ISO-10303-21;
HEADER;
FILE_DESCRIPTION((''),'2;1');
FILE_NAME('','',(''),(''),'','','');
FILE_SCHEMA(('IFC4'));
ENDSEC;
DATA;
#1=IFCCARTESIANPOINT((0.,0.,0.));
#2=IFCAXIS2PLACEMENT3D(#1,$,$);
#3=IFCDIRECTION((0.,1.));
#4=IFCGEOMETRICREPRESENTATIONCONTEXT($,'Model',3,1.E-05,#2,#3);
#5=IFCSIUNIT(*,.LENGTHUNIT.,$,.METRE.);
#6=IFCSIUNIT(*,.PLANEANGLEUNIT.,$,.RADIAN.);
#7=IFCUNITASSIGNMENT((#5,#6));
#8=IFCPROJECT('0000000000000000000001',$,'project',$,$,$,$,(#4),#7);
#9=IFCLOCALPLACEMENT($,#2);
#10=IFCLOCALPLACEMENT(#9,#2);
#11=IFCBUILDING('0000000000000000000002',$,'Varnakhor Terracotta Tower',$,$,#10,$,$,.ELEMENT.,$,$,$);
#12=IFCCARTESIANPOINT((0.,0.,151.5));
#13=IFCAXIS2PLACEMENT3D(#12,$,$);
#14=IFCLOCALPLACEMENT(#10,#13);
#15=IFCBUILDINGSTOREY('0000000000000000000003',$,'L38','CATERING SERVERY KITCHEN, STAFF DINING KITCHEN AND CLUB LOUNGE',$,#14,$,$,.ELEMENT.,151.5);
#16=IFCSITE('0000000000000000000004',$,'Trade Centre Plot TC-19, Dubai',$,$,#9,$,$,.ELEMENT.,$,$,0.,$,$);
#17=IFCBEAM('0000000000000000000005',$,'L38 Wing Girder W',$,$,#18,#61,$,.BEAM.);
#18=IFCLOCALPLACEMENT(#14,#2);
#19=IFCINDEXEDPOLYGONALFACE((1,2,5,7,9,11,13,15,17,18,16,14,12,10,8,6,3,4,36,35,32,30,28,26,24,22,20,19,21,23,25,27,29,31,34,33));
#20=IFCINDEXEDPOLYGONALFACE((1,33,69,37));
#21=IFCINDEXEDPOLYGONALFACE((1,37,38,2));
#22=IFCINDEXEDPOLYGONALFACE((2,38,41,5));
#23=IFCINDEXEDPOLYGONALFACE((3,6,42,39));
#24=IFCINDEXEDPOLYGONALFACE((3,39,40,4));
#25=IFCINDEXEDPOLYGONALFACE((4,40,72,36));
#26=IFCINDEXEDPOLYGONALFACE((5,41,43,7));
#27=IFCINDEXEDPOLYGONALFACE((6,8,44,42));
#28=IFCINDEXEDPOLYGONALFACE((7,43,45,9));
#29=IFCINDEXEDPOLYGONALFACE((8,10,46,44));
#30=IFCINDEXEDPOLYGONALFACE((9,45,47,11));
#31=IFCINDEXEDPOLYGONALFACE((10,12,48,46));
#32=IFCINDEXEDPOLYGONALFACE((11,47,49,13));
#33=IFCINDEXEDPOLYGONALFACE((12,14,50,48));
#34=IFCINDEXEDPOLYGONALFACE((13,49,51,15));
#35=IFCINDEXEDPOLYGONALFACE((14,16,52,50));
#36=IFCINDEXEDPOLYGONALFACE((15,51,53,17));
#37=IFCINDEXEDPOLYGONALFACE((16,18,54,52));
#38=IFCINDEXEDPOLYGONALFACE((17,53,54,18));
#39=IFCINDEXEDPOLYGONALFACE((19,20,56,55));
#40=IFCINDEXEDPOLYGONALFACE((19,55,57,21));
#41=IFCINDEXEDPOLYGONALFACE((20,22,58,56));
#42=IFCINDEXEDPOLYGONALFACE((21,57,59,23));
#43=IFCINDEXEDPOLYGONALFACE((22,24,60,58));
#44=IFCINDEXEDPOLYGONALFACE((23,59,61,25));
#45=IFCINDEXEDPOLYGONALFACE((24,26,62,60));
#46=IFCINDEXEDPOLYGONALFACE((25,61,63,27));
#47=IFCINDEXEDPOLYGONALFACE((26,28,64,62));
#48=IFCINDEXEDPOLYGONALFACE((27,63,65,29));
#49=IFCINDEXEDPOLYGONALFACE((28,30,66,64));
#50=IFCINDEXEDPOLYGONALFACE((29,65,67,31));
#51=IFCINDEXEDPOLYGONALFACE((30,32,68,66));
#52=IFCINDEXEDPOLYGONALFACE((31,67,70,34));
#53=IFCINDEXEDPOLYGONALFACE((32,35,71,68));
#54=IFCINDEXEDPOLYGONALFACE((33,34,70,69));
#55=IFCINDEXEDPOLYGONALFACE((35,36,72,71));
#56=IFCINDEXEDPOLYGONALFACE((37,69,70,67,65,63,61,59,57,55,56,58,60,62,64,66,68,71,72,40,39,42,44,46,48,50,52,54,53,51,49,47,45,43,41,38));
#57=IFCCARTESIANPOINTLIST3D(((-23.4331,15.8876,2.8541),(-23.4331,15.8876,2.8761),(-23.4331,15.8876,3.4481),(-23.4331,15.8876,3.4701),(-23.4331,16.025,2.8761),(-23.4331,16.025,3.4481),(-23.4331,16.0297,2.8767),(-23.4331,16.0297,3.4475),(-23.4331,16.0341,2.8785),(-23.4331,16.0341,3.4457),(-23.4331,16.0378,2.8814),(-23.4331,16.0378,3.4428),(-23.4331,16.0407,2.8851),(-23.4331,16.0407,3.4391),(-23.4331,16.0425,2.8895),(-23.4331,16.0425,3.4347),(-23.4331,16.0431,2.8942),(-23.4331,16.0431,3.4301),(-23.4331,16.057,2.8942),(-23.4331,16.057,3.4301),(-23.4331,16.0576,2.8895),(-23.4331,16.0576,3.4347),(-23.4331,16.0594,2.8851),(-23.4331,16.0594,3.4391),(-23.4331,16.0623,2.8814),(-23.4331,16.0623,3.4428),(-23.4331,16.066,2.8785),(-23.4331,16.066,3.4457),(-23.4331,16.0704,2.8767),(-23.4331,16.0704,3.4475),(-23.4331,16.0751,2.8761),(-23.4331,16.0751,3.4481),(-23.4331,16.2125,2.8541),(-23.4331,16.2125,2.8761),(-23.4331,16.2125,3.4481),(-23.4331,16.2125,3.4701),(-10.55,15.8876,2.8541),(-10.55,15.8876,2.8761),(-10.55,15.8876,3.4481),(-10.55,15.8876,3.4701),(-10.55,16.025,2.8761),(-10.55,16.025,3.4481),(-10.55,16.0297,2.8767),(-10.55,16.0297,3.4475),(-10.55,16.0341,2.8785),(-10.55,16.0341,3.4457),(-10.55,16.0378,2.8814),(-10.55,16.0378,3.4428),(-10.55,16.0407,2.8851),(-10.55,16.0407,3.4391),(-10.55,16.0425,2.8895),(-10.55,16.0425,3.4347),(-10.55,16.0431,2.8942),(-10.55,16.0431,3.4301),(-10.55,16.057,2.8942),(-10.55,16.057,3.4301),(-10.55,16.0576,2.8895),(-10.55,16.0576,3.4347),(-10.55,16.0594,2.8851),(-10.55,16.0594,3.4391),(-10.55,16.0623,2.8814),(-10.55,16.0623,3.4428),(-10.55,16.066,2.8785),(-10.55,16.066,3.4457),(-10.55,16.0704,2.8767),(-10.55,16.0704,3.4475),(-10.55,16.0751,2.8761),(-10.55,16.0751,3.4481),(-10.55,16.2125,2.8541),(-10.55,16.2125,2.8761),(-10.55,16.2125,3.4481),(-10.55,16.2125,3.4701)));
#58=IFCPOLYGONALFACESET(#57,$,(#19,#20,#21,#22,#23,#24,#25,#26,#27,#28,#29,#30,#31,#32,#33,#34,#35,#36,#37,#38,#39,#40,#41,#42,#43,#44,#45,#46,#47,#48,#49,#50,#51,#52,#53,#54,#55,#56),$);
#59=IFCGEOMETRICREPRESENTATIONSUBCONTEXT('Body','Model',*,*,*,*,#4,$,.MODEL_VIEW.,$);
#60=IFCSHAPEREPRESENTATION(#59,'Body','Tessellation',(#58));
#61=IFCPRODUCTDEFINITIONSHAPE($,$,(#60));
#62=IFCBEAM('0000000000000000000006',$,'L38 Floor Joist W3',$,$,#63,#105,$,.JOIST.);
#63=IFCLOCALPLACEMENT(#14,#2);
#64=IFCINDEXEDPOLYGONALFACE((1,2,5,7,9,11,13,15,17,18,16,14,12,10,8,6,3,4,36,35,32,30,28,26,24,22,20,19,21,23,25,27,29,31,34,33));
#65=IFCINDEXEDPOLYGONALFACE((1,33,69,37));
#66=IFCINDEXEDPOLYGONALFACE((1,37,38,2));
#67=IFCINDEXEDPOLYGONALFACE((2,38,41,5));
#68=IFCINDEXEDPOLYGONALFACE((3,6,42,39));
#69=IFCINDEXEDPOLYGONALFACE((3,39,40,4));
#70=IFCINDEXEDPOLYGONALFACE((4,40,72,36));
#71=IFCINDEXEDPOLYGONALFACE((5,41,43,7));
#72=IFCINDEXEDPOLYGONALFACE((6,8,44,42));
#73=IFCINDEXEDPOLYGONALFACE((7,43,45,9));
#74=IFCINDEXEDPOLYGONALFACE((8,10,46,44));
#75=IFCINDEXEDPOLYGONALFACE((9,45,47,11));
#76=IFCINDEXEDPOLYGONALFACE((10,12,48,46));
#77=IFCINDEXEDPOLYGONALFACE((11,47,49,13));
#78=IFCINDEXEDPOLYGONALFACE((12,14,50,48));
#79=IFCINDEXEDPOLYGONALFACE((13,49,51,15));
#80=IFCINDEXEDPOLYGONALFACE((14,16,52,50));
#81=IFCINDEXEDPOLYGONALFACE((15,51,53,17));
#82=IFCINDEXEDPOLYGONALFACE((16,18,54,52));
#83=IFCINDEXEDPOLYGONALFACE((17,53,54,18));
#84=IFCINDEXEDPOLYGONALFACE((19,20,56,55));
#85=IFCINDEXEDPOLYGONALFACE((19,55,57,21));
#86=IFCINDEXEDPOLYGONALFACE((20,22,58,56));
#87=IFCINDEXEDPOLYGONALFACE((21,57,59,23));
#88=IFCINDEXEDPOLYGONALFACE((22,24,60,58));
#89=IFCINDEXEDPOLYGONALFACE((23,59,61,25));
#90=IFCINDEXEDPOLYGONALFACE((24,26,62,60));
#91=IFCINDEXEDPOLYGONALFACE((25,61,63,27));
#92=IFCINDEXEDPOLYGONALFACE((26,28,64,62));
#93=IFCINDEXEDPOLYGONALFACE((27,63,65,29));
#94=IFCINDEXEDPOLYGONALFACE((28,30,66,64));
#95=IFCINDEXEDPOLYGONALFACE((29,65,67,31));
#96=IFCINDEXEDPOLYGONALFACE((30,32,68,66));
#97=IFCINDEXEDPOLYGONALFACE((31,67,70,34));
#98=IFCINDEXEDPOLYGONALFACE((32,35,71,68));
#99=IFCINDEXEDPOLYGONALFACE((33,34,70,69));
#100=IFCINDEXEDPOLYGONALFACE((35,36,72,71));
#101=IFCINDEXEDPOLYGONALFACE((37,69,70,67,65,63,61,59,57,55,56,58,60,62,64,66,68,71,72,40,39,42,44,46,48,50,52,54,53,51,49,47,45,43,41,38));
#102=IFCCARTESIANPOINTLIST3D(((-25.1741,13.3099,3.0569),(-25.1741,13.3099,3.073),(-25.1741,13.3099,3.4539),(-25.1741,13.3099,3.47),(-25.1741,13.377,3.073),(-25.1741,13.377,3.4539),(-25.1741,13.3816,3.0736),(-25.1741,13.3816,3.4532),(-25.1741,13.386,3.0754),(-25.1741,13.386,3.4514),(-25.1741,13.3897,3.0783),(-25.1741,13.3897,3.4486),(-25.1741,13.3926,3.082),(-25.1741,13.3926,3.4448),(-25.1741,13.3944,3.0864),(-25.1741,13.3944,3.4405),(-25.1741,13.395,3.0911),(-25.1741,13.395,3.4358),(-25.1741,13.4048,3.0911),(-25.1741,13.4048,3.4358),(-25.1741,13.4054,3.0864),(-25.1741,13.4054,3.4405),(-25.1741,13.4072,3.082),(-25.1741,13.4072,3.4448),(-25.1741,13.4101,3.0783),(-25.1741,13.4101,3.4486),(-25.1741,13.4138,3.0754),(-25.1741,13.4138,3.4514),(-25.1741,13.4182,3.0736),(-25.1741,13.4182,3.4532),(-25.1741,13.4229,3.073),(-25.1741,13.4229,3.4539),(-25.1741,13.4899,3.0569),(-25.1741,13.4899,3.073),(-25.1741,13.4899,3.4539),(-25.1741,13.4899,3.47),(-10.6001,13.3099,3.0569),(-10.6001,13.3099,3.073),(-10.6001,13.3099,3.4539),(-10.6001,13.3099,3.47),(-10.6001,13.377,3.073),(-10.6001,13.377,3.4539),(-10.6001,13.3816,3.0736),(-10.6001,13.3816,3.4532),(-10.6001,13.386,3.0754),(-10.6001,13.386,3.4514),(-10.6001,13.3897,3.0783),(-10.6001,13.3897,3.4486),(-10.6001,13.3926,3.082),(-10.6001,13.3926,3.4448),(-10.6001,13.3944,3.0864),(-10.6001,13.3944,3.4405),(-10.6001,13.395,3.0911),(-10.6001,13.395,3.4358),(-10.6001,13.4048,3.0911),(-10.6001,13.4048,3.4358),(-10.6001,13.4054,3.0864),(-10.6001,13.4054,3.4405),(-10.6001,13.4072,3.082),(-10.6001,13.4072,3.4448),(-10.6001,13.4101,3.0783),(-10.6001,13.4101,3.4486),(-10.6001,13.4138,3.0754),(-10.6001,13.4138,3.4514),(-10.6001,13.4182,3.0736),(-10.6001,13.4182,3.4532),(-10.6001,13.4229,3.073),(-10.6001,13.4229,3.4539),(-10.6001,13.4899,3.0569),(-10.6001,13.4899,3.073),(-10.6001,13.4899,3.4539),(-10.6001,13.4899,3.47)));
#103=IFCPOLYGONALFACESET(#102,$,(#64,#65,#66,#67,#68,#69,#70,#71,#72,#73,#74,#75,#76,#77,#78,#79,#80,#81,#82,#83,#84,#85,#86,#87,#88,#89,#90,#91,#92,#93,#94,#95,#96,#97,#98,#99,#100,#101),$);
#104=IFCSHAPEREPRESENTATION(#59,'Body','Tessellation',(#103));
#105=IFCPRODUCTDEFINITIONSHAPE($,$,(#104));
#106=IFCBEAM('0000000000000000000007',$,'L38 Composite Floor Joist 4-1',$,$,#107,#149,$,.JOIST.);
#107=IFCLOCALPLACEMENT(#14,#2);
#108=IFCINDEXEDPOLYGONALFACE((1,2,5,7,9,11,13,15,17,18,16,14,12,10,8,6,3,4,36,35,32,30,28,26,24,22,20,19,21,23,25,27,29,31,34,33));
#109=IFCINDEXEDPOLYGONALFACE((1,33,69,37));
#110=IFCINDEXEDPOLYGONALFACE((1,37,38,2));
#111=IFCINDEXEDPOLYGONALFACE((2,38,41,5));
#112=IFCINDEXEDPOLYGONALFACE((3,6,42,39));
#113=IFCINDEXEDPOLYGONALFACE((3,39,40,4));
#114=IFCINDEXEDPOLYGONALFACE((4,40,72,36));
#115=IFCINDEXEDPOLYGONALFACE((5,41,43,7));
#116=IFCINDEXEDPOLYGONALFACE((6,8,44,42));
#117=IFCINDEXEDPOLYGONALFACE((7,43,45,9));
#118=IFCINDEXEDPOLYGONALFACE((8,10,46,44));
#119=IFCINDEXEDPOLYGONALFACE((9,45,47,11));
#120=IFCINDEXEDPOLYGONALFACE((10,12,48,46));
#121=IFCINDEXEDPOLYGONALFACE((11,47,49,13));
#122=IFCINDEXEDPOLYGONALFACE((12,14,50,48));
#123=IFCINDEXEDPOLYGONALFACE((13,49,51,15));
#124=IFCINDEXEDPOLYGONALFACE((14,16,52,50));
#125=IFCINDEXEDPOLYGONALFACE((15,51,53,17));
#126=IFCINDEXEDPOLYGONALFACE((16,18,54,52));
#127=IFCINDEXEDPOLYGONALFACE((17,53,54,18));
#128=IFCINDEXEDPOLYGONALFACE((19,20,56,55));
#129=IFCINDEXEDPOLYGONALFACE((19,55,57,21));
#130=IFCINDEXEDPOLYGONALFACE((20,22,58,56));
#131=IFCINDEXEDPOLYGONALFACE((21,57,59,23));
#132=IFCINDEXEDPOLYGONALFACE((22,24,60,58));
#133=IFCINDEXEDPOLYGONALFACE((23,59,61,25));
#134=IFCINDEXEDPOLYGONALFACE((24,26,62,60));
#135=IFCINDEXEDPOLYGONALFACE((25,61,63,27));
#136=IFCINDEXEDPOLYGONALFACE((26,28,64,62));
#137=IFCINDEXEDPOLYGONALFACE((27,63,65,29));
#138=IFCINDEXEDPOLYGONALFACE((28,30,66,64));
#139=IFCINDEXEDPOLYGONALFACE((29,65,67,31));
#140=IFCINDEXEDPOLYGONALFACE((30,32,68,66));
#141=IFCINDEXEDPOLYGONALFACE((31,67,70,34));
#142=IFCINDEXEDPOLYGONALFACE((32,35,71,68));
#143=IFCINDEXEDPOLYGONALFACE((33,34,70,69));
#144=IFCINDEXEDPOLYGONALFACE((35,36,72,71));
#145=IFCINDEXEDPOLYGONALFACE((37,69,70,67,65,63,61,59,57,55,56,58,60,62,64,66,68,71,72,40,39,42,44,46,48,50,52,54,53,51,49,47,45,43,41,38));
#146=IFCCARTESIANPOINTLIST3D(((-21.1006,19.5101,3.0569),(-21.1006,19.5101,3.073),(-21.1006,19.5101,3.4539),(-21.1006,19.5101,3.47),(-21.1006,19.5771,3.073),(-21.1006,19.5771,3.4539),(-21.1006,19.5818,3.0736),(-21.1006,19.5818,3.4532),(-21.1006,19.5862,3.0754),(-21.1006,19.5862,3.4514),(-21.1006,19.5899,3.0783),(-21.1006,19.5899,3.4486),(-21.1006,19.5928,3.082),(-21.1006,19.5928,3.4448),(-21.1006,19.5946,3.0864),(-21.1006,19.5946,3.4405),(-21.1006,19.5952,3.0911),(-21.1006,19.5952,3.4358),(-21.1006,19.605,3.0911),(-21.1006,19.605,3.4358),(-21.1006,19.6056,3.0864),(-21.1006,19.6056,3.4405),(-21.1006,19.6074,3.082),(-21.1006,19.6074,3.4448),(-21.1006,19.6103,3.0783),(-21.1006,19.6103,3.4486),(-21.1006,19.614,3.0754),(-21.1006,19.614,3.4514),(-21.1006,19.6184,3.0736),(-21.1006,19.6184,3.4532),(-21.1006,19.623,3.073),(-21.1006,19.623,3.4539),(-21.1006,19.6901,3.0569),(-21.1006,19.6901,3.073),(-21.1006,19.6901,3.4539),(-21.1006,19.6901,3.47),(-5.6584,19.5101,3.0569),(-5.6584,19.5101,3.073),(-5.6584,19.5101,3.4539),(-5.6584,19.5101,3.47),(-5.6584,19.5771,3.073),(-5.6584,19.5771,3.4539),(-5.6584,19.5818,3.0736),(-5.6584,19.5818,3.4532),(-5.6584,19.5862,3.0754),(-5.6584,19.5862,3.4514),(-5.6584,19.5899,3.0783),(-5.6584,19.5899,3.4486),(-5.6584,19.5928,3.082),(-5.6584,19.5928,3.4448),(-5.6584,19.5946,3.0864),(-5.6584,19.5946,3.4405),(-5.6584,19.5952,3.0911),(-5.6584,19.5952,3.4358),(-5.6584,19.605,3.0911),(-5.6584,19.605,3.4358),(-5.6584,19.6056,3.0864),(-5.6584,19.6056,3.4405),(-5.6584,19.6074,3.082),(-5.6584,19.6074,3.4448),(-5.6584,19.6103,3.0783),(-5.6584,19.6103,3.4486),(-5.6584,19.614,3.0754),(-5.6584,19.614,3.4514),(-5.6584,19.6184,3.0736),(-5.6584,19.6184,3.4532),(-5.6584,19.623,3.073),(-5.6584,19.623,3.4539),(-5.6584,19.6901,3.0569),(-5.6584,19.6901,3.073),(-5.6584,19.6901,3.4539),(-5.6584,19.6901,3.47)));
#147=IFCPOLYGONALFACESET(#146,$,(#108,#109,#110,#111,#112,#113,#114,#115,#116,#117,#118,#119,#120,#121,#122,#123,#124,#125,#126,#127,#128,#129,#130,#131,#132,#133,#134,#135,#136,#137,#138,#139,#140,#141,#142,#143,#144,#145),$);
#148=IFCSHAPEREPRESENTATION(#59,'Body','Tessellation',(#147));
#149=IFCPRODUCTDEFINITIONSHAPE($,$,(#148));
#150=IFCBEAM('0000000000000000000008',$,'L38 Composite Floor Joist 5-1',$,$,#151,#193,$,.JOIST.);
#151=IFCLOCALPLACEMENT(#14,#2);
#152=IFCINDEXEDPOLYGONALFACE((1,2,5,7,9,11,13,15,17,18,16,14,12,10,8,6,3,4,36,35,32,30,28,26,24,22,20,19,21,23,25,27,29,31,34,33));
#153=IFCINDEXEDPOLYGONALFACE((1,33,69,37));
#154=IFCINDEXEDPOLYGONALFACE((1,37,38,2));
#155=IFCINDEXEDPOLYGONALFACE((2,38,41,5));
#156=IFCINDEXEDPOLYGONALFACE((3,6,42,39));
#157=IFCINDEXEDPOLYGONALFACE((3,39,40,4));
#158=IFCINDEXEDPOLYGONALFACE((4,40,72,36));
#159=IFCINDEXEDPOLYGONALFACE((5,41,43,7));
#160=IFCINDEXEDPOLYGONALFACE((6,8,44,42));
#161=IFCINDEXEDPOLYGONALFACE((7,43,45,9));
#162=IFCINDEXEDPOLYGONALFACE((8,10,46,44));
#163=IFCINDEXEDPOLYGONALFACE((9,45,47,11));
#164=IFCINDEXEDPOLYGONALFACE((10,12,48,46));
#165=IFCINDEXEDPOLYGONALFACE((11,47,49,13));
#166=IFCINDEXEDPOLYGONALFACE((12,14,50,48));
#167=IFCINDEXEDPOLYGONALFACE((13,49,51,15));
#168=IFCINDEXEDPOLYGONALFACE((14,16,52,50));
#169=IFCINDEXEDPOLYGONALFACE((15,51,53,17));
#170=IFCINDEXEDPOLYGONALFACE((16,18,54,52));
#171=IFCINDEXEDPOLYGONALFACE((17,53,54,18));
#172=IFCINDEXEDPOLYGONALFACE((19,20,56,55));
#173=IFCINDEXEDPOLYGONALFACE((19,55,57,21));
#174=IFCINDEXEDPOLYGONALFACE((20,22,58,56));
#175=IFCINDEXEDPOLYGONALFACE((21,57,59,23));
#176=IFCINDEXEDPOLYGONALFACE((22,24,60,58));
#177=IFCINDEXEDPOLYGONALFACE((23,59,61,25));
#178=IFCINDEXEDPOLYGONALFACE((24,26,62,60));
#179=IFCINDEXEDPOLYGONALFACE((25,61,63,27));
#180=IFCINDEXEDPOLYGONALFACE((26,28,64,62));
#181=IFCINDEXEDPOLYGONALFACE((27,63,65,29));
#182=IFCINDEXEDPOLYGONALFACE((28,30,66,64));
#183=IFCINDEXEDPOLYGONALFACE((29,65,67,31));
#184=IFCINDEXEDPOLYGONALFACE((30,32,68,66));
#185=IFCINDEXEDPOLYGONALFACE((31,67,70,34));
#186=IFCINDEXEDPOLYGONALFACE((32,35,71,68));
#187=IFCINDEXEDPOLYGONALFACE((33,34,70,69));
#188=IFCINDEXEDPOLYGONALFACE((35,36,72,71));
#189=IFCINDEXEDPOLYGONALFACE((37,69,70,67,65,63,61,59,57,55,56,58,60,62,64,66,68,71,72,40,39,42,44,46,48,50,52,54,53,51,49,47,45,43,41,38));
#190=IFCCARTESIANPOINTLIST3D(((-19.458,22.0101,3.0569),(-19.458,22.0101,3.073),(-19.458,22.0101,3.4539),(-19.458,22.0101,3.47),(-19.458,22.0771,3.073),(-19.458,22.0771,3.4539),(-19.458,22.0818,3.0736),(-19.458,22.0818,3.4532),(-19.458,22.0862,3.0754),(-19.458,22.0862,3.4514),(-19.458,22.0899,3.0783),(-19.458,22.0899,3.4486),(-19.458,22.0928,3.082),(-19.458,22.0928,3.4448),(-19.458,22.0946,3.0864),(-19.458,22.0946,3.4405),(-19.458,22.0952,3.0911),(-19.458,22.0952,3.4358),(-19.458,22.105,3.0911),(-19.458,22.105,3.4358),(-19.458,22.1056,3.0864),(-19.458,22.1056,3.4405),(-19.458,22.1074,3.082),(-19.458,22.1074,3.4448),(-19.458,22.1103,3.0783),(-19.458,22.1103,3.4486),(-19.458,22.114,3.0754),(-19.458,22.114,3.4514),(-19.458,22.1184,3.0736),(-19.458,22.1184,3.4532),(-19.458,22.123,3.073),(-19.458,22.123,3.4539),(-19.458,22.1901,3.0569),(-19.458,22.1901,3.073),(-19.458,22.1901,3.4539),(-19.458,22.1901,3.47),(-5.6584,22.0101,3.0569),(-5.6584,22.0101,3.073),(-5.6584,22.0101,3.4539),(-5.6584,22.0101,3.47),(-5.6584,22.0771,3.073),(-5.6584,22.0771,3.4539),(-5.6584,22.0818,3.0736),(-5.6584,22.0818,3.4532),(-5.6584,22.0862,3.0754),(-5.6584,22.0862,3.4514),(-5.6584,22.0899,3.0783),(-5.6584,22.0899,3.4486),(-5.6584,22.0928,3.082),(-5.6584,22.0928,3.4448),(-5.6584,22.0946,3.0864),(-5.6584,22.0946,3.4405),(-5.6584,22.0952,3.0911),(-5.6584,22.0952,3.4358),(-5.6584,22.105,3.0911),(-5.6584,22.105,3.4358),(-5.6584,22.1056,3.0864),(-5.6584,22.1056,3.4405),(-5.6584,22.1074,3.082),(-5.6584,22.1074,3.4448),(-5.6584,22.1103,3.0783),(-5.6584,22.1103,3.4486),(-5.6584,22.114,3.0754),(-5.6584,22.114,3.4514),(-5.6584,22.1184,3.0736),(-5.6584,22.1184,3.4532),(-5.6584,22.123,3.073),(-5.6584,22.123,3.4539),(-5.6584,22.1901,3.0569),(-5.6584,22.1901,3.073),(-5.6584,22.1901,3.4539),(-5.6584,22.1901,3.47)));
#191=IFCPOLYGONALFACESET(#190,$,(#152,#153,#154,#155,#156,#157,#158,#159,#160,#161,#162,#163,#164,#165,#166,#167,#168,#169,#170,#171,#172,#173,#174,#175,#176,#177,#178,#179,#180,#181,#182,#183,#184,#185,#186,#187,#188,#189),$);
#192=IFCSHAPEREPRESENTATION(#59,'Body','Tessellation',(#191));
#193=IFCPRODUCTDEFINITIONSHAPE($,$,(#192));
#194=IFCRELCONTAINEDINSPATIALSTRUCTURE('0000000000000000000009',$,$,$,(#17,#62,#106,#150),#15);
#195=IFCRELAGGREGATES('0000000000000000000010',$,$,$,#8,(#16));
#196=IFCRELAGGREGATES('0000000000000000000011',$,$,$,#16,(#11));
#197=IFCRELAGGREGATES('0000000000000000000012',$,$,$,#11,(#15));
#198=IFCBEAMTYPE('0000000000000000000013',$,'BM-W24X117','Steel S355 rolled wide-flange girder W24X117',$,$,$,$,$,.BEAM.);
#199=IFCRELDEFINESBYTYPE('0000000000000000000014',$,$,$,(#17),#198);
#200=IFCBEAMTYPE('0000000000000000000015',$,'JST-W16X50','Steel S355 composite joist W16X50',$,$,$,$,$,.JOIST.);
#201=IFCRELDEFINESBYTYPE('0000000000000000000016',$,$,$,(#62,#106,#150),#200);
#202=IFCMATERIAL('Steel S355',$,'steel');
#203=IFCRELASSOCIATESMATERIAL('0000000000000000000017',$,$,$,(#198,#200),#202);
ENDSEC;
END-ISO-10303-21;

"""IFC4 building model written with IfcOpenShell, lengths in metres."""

from ifc_helpers import new_model, si_unit, direction, frame, origin, origin_2d, place, context, subcontext, project, spatial, i_section, extrude, source, transform, mapped, material, material_profile, profile_set, type_object, element, save


model = new_model("IFC4")

# Units and contexts
model_context = context("Model", 3, precision=1e-05, world=origin(), true_north=direction((0.0, 1.0)))
body_context = subcontext(model_context, "Body", "Model", "MODEL_VIEW")
ifc_project = project(units=[si_unit("LENGTHUNIT", "METRE"), si_unit("PLANEANGLEUNIT", "RADIAN")], contexts=[model_context])

# Site, building, storey
site_placement = place(None, origin())
site = spatial("IfcSite", under=ifc_project, at=site_placement, Name="Trade Centre Plot TC-19, Dubai", CompositionType="ELEMENT", RefElevation=0.0)
building_placement = place(site_placement, origin())
building = spatial("IfcBuilding", under=site, at=building_placement, Name="Varnakhor Terracotta Tower", CompositionType="ELEMENT")
storey_placement = place(building_placement, frame((0.0, 0.0, 151.5)))
storey = spatial("IfcBuildingStorey", under=building, at=storey_placement, Name="L38", Description="CATERING SERVERY KITCHEN, STAFF DINING KITCHEN AND CLUB LOUNGE", CompositionType="ELEMENT", Elevation=151.5)

# Beams
ifc_material_1 = material(Name="Steel S355", Category="steel")
ifc_material_profile_1 = material_profile(ifc_material_1, i_section(OverallWidth=0.325, OverallDepth=0.616, WebThickness=0.0139, FlangeThickness=0.022, FilletRadius=0.0181, at=origin_2d()), Name="W24X117")
ifc_profile_set_1 = profile_set([ifc_material_profile_1], Name="Steel S355")
beam_type_1 = type_object("IfcBeamType", Name="BM-W24X117", Description="Steel S355 rolled wide-flange girder W24X117", PredefinedType="BEAM", material=ifc_profile_set_1)
shared_shape_1 = source(origin(), body_context, "Body", "SweptSolid", [
    extrude(i_section(OverallWidth=0.325, OverallDepth=0.616, WebThickness=0.0139, FlangeThickness=0.022, FilletRadius=0.0181, at=origin_2d()), origin(), (0.0, 0.0, 1.0), 12.8831),
])
beam_1_placement = place(storey_placement, frame((-23.4331, 16.05, 3.1621), z_axis=(1.0, 0.0, 0.0), x_axis=(0.0, 1.0, 0.0)))
element("IfcBeam", 1, at=beam_1_placement, inside=storey, type_object=beam_type_1, Name="L38 Wing Girder W", PredefinedType="BEAM", context=body_context, shape_type="MappedRepresentation", body=[
    mapped(shared_shape_1, transform((0.0, 0.0, 0.0), scale=1.0)),
])
ifc_material_profile_2 = material_profile(ifc_material_1, i_section(OverallWidth=0.1799, OverallDepth=0.4131, WebThickness=0.0098, FlangeThickness=0.0161, FilletRadius=0.0181, at=origin_2d()), Name="W16X50")
ifc_profile_set_2 = profile_set([ifc_material_profile_2], Name="Steel S355")
beam_type_2 = type_object("IfcBeamType", Name="JST-W16X50", Description="Steel S355 composite joist W16X50", PredefinedType="JOIST", material=ifc_profile_set_2)
shared_shape_2 = source(origin(), body_context, "Body", "SweptSolid", [
    extrude(i_section(OverallWidth=0.1799, OverallDepth=0.4131, WebThickness=0.0098, FlangeThickness=0.0161, FilletRadius=0.0181, at=origin_2d()), origin(), (0.0, 0.0, 1.0), 14.574),
])
beam_2_placement = place(storey_placement, frame((-25.1741, 13.3999, 3.2634), z_axis=(1.0, 0.0, 0.0), x_axis=(0.0, 1.0, 0.0)))
element("IfcBeam", 2, at=beam_2_placement, inside=storey, type_object=beam_type_2, Name="L38 Floor Joist W3", PredefinedType="JOIST", context=body_context, shape_type="MappedRepresentation", body=[
    mapped(shared_shape_2, transform((0.0, 0.0, 0.0), scale=1.0)),
])
shared_shape_3 = source(origin(), body_context, "Body", "SweptSolid", [
    extrude(i_section(OverallWidth=0.1799, OverallDepth=0.4131, WebThickness=0.0098, FlangeThickness=0.0161, FilletRadius=0.0181, at=origin_2d()), origin(), (0.0, 0.0, 1.0), 15.4421),
])
beam_3_placement = place(storey_placement, frame((-21.1006, 19.6001, 3.2634), z_axis=(1.0, 0.0, 0.0), x_axis=(0.0, 1.0, 0.0)))
element("IfcBeam", 3, at=beam_3_placement, inside=storey, type_object=beam_type_2, Name="L38 Composite Floor Joist 4-1", PredefinedType="JOIST", context=body_context, shape_type="MappedRepresentation", body=[
    mapped(shared_shape_3, transform((0.0, 0.0, 0.0), scale=1.0)),
])
shared_shape_4 = source(origin(), body_context, "Body", "SweptSolid", [
    extrude(i_section(OverallWidth=0.1799, OverallDepth=0.4131, WebThickness=0.0098, FlangeThickness=0.0161, FilletRadius=0.0181, at=origin_2d()), origin(), (0.0, 0.0, 1.0), 13.7996),
])
beam_4_placement = place(storey_placement, frame((-19.458, 22.1001, 3.2634), z_axis=(1.0, 0.0, 0.0), x_axis=(0.0, 1.0, 0.0)))
element("IfcBeam", 4, at=beam_4_placement, inside=storey, type_object=beam_type_2, Name="L38 Composite Floor Joist 5-1", PredefinedType="JOIST", context=body_context, shape_type="MappedRepresentation", body=[
    mapped(shared_shape_4, transform((0.0, 0.0, 0.0), scale=1.0)),
])

save(model, "model.ifc")
